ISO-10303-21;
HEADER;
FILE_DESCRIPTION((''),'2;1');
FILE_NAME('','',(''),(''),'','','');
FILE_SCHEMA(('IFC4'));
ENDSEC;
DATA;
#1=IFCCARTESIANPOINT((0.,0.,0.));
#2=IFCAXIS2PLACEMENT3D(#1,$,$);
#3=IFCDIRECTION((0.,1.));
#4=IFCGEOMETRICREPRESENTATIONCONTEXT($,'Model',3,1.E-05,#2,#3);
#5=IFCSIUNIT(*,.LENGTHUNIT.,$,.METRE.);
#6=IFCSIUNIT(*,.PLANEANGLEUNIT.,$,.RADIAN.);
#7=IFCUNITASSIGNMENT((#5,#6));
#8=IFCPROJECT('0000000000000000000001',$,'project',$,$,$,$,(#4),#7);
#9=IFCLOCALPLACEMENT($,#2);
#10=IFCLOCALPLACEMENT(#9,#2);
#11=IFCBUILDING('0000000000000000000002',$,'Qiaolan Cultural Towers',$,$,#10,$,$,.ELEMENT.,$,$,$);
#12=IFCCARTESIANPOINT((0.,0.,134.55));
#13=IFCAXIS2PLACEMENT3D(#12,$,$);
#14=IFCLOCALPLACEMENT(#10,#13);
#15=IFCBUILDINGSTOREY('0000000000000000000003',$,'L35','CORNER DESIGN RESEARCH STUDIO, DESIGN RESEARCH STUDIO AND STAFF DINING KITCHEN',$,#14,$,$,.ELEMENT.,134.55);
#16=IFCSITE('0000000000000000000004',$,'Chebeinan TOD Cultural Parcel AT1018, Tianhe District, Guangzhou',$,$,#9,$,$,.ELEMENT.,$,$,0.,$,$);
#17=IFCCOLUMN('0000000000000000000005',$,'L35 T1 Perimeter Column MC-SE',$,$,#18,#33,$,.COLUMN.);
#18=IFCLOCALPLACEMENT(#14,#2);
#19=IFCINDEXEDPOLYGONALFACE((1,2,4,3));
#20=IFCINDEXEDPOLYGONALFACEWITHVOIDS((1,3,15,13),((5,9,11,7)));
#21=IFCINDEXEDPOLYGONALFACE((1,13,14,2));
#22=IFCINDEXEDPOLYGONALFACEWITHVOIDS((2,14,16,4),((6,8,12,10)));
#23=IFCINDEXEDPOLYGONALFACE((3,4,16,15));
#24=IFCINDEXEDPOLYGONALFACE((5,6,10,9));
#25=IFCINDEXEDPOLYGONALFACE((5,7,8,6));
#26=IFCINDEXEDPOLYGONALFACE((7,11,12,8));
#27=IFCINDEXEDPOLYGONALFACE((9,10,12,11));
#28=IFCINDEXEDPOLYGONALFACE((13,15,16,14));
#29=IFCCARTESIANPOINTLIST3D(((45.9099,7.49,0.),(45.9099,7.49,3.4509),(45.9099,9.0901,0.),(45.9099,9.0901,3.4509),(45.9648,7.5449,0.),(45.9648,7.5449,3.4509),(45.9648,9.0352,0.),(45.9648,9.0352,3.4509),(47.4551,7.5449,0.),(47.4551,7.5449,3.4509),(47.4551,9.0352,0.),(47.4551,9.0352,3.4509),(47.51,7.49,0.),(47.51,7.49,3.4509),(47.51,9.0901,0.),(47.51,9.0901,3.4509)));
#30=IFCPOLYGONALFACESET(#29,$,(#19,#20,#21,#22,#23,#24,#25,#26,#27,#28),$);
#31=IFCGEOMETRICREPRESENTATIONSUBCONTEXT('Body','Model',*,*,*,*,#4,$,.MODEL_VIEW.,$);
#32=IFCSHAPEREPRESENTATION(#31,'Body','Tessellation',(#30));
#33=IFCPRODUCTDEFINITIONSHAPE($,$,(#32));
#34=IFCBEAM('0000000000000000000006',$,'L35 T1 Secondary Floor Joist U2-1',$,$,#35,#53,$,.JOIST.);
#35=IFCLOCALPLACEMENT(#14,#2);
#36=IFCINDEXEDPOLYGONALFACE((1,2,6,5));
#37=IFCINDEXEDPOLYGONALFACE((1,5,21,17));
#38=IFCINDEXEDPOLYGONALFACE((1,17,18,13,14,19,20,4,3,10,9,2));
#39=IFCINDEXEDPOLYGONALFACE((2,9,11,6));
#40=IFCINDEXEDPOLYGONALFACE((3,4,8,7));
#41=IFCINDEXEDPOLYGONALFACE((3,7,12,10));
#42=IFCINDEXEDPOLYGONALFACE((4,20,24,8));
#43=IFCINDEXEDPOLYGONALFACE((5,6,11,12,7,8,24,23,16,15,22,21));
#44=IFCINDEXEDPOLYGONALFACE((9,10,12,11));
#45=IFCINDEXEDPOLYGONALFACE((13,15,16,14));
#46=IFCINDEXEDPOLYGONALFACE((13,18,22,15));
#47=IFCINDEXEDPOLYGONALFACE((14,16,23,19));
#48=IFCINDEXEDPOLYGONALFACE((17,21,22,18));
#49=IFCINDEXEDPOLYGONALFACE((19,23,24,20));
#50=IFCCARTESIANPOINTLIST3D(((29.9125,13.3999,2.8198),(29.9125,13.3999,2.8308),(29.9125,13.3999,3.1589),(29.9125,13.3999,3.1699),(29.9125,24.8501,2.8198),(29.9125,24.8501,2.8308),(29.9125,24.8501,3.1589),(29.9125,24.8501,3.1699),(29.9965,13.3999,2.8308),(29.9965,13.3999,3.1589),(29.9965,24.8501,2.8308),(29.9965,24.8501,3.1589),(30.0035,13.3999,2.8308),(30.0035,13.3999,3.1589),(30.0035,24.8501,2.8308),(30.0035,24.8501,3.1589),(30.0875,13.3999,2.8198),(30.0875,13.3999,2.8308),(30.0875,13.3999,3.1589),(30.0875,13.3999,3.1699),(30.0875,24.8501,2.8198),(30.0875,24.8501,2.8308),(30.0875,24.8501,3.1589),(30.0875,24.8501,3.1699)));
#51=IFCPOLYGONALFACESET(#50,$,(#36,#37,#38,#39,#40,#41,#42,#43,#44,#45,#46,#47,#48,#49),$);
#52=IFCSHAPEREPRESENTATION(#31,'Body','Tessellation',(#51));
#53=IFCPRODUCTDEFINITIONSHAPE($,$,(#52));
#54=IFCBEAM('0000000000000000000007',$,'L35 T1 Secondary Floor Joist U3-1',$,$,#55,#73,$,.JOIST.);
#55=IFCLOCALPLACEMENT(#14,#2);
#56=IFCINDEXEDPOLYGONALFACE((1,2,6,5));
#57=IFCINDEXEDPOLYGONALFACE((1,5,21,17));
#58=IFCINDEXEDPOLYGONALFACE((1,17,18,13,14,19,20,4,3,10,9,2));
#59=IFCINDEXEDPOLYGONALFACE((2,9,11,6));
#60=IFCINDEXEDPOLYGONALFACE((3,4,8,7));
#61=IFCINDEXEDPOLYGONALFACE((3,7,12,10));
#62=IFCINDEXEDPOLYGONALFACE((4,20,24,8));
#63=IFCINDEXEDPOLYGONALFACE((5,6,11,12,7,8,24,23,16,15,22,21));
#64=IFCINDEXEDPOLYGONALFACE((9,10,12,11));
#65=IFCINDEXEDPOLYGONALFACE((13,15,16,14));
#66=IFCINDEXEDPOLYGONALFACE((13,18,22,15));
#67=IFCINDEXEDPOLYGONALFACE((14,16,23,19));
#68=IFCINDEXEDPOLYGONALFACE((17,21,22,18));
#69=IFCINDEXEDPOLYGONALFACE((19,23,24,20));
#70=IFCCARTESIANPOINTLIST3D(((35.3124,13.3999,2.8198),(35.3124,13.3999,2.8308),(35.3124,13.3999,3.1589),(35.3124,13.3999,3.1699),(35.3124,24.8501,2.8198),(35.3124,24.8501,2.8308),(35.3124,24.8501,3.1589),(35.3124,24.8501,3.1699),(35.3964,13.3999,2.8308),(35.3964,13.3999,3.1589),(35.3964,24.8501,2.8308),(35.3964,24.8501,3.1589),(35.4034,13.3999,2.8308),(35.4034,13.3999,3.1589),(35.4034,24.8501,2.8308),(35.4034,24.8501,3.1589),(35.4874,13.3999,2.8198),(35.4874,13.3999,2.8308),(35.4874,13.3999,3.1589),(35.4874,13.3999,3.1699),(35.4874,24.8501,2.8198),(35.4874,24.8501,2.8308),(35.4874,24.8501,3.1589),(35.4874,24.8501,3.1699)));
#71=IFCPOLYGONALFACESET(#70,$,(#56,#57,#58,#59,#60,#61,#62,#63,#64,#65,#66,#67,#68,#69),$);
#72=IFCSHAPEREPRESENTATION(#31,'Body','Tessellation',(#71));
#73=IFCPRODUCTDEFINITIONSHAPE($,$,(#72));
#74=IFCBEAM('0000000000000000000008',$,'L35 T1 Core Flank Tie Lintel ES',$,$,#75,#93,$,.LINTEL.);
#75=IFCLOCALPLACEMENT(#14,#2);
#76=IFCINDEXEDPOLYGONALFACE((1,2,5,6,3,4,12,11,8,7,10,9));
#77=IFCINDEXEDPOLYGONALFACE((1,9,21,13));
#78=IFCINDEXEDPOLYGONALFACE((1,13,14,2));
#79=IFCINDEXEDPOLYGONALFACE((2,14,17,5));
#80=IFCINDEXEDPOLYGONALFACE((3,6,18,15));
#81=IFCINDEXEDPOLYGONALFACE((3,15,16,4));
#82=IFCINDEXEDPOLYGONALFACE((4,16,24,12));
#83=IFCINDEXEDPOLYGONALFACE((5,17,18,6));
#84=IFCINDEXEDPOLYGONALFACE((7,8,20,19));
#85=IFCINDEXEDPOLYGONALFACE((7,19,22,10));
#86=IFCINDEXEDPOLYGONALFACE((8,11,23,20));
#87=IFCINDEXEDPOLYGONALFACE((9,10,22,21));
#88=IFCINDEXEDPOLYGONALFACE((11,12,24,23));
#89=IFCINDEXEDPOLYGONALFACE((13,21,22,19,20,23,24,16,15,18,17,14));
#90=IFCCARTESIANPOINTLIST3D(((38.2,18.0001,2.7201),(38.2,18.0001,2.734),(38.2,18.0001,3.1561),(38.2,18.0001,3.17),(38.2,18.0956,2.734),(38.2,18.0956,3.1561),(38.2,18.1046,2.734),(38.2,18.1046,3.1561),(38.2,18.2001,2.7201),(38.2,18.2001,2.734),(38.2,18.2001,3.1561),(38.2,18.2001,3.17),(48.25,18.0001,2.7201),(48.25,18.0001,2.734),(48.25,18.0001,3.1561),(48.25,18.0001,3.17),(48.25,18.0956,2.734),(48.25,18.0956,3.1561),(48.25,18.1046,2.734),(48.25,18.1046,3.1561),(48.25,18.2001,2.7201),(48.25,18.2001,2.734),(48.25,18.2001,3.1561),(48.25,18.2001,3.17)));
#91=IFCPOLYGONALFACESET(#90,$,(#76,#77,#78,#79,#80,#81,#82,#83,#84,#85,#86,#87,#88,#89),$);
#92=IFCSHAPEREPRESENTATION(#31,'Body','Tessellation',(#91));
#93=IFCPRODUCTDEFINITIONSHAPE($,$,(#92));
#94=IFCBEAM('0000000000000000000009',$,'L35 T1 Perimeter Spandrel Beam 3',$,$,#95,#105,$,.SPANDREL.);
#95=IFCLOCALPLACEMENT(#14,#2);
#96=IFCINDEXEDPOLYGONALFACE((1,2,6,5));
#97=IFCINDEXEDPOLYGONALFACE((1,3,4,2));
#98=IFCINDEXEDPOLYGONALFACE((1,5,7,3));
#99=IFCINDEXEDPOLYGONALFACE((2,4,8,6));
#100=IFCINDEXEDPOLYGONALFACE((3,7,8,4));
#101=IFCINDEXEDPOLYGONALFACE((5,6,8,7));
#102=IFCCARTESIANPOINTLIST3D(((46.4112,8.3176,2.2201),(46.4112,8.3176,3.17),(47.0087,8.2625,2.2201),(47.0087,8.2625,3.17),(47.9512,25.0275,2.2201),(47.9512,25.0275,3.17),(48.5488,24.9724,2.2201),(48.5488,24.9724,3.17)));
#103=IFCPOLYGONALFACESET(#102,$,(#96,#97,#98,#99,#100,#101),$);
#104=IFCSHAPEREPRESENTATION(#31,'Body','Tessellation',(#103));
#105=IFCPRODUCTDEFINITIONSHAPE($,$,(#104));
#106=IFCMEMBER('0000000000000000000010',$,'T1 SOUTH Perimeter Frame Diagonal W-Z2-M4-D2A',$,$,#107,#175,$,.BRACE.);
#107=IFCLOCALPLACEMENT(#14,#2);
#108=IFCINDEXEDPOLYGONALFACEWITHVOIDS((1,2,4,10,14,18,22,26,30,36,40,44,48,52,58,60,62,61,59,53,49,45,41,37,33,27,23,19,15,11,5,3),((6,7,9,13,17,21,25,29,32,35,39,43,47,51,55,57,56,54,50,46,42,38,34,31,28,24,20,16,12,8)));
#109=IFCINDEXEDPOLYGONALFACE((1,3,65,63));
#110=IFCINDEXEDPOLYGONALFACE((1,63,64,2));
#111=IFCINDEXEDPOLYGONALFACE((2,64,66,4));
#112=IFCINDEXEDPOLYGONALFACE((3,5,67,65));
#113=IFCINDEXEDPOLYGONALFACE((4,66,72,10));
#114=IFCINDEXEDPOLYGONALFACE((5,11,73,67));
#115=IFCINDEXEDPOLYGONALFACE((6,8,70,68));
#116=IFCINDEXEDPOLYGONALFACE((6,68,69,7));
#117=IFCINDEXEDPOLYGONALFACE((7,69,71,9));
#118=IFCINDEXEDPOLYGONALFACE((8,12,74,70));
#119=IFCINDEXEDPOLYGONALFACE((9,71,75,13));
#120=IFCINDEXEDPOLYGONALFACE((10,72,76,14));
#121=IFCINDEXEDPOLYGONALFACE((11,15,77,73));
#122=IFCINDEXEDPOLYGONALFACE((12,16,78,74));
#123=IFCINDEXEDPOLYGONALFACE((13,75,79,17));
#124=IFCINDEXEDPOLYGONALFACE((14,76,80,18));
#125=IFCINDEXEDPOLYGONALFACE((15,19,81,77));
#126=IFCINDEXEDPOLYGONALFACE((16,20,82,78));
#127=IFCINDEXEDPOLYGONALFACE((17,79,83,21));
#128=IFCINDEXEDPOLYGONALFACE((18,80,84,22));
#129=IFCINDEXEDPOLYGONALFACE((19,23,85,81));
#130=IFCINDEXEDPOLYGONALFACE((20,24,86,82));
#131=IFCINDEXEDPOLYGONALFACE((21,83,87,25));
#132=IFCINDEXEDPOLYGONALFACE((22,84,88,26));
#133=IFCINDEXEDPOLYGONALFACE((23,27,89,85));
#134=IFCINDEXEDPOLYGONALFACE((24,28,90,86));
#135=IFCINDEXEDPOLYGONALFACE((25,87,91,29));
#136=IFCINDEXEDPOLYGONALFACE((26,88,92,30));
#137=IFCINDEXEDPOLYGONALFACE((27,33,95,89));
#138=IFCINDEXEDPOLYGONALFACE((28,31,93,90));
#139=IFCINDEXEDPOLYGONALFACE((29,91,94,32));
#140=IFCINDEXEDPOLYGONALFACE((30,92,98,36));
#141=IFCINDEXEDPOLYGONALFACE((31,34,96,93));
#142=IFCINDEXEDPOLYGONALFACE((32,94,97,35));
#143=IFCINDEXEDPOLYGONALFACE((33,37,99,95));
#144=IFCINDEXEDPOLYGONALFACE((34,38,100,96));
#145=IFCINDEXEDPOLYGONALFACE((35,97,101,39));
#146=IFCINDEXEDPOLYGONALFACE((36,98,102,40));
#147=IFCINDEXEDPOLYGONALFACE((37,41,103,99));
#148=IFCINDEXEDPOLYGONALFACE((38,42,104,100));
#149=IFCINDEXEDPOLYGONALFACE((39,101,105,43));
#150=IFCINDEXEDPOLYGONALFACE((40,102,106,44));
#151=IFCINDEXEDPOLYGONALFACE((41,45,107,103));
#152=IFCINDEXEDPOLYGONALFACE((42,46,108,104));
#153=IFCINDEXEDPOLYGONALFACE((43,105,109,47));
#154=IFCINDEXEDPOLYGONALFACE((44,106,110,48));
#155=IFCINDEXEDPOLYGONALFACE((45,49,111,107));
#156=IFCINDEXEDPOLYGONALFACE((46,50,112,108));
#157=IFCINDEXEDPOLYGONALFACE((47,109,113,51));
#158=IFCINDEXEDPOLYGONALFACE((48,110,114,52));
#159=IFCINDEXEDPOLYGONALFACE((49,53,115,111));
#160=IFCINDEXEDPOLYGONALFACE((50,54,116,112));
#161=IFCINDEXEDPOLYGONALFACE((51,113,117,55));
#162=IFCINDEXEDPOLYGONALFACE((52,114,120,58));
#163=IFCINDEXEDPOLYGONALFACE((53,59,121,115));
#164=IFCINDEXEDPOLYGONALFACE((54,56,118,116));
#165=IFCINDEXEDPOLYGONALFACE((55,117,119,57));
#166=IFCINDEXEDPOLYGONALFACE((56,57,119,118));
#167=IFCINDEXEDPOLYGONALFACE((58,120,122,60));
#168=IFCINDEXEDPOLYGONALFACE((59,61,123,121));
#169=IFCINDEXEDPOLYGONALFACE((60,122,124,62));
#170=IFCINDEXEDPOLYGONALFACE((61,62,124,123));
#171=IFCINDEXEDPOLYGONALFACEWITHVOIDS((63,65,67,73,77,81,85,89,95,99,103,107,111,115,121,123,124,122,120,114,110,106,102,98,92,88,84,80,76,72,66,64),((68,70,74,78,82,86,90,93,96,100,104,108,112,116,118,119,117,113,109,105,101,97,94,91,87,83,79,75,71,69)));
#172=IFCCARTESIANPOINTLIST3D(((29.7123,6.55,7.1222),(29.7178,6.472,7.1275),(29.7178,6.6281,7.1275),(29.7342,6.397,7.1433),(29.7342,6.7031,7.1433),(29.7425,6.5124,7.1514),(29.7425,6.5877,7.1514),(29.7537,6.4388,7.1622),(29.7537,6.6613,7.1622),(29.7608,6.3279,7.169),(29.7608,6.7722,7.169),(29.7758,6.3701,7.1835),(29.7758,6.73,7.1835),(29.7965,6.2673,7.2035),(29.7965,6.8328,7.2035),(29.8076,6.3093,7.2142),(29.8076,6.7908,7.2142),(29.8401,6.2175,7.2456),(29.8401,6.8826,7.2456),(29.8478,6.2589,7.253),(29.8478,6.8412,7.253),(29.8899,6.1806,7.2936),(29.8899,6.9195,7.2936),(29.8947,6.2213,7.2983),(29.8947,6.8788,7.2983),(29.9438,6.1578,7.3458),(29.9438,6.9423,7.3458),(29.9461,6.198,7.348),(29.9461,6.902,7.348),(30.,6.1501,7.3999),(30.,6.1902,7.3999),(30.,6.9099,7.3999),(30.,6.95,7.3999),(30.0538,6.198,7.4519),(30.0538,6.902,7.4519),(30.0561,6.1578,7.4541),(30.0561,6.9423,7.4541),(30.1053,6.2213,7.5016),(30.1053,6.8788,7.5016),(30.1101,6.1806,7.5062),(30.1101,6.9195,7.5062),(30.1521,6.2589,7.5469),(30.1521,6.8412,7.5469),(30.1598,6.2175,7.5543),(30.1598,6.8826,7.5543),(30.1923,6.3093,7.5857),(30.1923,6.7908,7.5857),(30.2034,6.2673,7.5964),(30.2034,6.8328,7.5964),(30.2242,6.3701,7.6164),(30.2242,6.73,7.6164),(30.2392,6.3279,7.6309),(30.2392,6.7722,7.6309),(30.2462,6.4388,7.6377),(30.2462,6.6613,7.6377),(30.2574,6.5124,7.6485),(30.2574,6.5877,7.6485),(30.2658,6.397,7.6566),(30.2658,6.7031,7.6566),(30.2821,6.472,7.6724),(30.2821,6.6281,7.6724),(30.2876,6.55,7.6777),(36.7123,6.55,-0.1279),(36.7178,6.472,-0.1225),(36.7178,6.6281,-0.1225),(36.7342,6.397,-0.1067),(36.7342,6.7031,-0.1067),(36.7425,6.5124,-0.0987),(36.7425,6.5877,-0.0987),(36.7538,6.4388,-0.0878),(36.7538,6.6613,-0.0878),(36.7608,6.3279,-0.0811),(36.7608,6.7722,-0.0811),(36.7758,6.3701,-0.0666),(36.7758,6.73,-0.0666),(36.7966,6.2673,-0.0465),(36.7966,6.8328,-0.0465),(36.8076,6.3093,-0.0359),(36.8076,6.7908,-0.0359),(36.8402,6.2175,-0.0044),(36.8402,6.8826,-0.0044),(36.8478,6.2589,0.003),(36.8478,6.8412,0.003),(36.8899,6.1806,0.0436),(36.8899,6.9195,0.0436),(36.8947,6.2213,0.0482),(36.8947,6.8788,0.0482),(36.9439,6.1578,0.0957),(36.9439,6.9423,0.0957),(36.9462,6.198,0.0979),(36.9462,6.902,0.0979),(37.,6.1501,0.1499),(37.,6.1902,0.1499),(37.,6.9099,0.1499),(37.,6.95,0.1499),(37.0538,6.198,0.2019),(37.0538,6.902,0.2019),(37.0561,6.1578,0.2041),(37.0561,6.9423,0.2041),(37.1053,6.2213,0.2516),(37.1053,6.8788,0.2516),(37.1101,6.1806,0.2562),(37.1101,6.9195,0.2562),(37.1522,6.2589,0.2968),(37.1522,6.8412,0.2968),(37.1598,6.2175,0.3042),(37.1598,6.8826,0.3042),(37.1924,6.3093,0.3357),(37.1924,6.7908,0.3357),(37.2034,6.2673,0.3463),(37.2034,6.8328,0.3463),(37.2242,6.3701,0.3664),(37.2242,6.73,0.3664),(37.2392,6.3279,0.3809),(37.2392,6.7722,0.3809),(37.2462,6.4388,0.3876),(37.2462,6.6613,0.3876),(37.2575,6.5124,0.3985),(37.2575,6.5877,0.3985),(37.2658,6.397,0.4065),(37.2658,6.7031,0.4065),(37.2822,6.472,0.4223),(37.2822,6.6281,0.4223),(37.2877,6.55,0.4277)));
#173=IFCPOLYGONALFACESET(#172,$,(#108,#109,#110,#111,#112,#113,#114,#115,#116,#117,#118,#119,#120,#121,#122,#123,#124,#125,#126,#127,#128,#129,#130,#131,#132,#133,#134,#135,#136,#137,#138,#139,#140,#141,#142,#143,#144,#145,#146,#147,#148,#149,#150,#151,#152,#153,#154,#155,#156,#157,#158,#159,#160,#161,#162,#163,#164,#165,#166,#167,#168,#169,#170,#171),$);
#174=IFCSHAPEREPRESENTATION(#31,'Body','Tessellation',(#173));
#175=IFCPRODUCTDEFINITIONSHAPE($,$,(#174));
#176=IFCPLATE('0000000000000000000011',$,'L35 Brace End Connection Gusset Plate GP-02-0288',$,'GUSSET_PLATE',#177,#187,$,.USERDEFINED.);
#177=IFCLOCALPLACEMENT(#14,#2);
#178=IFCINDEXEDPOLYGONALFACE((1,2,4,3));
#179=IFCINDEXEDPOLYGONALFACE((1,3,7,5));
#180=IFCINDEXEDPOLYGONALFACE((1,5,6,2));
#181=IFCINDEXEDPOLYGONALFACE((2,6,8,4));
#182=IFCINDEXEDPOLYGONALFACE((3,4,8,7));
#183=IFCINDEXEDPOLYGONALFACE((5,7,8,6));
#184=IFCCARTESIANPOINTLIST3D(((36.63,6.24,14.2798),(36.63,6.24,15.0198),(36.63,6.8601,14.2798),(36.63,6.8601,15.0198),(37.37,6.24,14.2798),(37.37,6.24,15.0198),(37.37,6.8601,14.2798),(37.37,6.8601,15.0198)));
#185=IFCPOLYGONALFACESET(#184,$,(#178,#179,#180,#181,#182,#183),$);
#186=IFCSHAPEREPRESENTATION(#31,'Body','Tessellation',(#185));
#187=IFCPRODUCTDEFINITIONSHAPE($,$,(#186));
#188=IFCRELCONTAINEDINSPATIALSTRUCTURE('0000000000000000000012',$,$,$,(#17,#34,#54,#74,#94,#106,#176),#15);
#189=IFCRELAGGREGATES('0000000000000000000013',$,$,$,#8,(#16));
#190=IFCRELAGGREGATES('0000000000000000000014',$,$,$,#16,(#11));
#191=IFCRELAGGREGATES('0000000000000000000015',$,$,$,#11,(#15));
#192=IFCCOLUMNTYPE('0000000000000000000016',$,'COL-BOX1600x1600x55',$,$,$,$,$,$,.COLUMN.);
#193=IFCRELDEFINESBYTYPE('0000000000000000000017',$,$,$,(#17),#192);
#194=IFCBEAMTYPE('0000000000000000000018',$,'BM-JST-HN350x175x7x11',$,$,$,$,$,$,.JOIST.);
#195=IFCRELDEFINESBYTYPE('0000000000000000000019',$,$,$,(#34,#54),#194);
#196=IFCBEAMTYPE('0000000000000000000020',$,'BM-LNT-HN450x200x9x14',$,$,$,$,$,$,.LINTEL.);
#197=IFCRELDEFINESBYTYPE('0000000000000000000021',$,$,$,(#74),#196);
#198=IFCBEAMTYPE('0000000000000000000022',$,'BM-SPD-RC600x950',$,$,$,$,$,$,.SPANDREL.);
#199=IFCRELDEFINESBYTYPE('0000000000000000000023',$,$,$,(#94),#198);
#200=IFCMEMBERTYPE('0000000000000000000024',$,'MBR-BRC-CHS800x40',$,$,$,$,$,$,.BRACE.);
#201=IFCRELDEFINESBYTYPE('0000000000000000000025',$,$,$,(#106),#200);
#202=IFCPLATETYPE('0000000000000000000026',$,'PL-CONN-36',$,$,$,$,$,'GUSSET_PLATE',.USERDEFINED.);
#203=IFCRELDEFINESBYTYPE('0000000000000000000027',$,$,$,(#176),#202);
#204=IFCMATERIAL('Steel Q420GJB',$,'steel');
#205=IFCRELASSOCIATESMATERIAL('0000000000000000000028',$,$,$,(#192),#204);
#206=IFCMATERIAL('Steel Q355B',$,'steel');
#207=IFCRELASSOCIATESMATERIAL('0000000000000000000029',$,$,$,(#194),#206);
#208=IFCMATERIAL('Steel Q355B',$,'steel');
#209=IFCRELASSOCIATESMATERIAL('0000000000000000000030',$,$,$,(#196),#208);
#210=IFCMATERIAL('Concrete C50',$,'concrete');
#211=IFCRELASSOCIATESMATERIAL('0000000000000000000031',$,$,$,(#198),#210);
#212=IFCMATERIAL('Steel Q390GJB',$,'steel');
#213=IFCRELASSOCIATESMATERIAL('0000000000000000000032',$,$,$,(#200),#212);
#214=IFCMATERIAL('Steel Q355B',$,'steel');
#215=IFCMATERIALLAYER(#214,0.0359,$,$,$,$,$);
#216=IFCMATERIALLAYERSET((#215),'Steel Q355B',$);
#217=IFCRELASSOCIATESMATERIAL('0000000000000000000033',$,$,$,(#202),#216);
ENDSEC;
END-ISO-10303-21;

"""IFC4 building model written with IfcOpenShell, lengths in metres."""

from ifc_helpers import new_model, si_unit, direction, frame, origin, origin_2d, place, context, subcontext, project, spatial, rectangle, hollow_rectangle, hollow_circle, i_section, extrude, material, layer, layer_set, material_profile, profile_set, type_object, element, save


model = new_model("IFC4")

# Units and contexts
model_context = context("Model", 3, precision=1e-05, world=origin(), true_north=direction((0.0, 1.0)))
body_context = subcontext(model_context, "Body", "Model", "MODEL_VIEW")
ifc_project = project(units=[si_unit("LENGTHUNIT", "METRE"), si_unit("PLANEANGLEUNIT", "RADIAN")], contexts=[model_context])

# Site, building, storey
site_placement = place(None, origin())
site = spatial("IfcSite", under=ifc_project, at=site_placement, Name="Chebeinan TOD Cultural Parcel AT1018, Tianhe District, Guangzhou", CompositionType="ELEMENT", RefElevation=0.0)
building_placement = place(site_placement, origin())
building = spatial("IfcBuilding", under=site, at=building_placement, Name="Qiaolan Cultural Towers", CompositionType="ELEMENT")
storey_placement = place(building_placement, frame((0.0, 0.0, 134.55)))
storey = spatial("IfcBuildingStorey", under=building, at=storey_placement, Name="L35", Description="CORNER DESIGN RESEARCH STUDIO, DESIGN RESEARCH STUDIO AND STAFF DINING KITCHEN", CompositionType="ELEMENT", Elevation=134.55)

# Column
ifc_material_1 = material(Name="Steel Q420GJB", Category="steel")
ifc_material_profile_1 = material_profile(ifc_material_1, hollow_rectangle(XDim=1.6001, YDim=1.6001, WallThickness=0.0549, at=origin_2d()), Name="BOX1600x1600x55")
ifc_profile_set_1 = profile_set([ifc_material_profile_1], Name="Steel Q420GJB")
column_type = type_object("IfcColumnType", Name="COL-BOX1600x1600x55", PredefinedType="COLUMN", material=ifc_profile_set_1)
column_placement = place(storey_placement, frame((46.71, 8.29, 0.0), z_axis=(0.0, 0.0, 1.0), x_axis=(1.0, 0.0, 0.0)))
element("IfcColumn", 1, at=column_placement, inside=storey, type_object=column_type, Name="L35 T1 Perimeter Column MC-SE", PredefinedType="COLUMN", context=body_context, shape_type="SweptSolid", body=[
    extrude(hollow_rectangle(XDim=1.6001, YDim=1.6001, WallThickness=0.0549, at=origin_2d()), origin(), (0.0, 0.0, 1.0), 3.4509),
])

# Beams
ifc_material_2 = material(Name="Steel Q355B", Category="steel")
ifc_material_profile_2 = material_profile(ifc_material_2, i_section(OverallWidth=0.175, OverallDepth=0.3501, WebThickness=0.0071, FlangeThickness=0.011, at=origin_2d()), Name="HN350x175x7x11")
ifc_profile_set_2 = profile_set([ifc_material_profile_2], Name="Steel Q355B")
beam_type_1 = type_object("IfcBeamType", Name="BM-JST-HN350x175x7x11", PredefinedType="JOIST", material=ifc_profile_set_2)
for number, where, z_axis, x_axis, name in (
    (2, (30.0, 13.3999, 2.9949), (0.0, 1.0, 0.0), (-1.0, 0.0, 0.0), "L35 T1 Secondary Floor Joist U2-1"),
    (3, (35.3999, 13.3999, 2.9949), (0.0, 1.0, 0.0), (-1.0, 0.0, 0.0), "L35 T1 Secondary Floor Joist U3-1"),
):
    element("IfcBeam", number, at=place(storey_placement, frame(where, z_axis=z_axis, x_axis=x_axis)), inside=storey, type_object=beam_type_1, Name=name, PredefinedType="JOIST", context=body_context, shape_type="SweptSolid", body=[
        extrude(i_section(OverallWidth=0.175, OverallDepth=0.3501, WebThickness=0.0071, FlangeThickness=0.011, at=origin_2d()), origin(), (0.0, 0.0, 1.0), 11.4502),
    ])
ifc_material_3 = material(Name="Steel Q355B", Category="steel")
ifc_material_profile_3 = material_profile(ifc_material_3, i_section(OverallWidth=0.2, OverallDepth=0.45, WebThickness=0.009, FlangeThickness=0.0139, at=origin_2d()), Name="HN450x200x9x14")
ifc_profile_set_3 = profile_set([ifc_material_profile_3], Name="Steel Q355B")
beam_type_2 = type_object("IfcBeamType", Name="BM-LNT-HN450x200x9x14", PredefinedType="LINTEL", material=ifc_profile_set_3)
beam_1_placement = place(storey_placement, frame((38.2, 18.1001, 2.9451), z_axis=(1.0, 0.0, 0.0), x_axis=(0.0, 1.0, 0.0)))
element("IfcBeam", 4, at=beam_1_placement, inside=storey, type_object=beam_type_2, Name="L35 T1 Core Flank Tie Lintel ES", PredefinedType="LINTEL", context=body_context, shape_type="SweptSolid", body=[
    extrude(i_section(OverallWidth=0.2, OverallDepth=0.45, WebThickness=0.009, FlangeThickness=0.0139, at=origin_2d()), origin(), (0.0, 0.0, 1.0), 10.05),
])
ifc_material_4 = material(Name="Concrete C50", Category="concrete")
ifc_material_profile_4 = material_profile(ifc_material_4, rectangle(XDim=0.6001, YDim=0.95, at=origin_2d()), Name="RC600x950")
ifc_profile_set_4 = profile_set([ifc_material_profile_4], Name="Concrete C50")
beam_type_3 = type_object("IfcBeamType", Name="BM-SPD-RC600x950", PredefinedType="SPANDREL", material=ifc_profile_set_4)
beam_2_placement = place(storey_placement, frame((46.71, 8.29, 2.6951), z_axis=(0.091774, 0.99578, 0.0), x_axis=(-0.99578, 0.091774, 0.0)))
element("IfcBeam", 5, at=beam_2_placement, inside=storey, type_object=beam_type_3, Name="L35 T1 Perimeter Spandrel Beam 3", PredefinedType="SPANDREL", context=body_context, shape_type="SweptSolid", body=[
    extrude(rectangle(XDim=0.6001, YDim=0.95, at=origin_2d()), origin(), (0.0, 0.0, 1.0), 16.7808),
])

# Member
ifc_material_5 = material(Name="Steel Q390GJB", Category="steel")
ifc_material_profile_5 = material_profile(ifc_material_5, hollow_circle(Radius=0.3999, WallThickness=0.04, at=origin_2d()), Name="CHS800x40")
ifc_profile_set_5 = profile_set([ifc_material_profile_5], Name="Steel Q390GJB")
member_type = type_object("IfcMemberType", Name="MBR-BRC-CHS800x40", PredefinedType="BRACE", material=ifc_profile_set_5)
member_placement = place(storey_placement, frame((37.0, 6.55, 0.1499), z_axis=(-0.694595, 0.0, 0.719401), x_axis=(0.0, -1.0, 0.0)))
element("IfcMember", 6, at=member_placement, inside=storey, type_object=member_type, Name="T1 SOUTH Perimeter Frame Diagonal W-Z2-M4-D2A", PredefinedType="BRACE", context=body_context, shape_type="SweptSolid", body=[
    extrude(hollow_circle(Radius=0.3999, WallThickness=0.04, at=origin_2d()), origin(), (0.0, 0.0, 1.0), 10.0779),
])

# Plate
ifc_material_6 = material(Name="Steel Q355B", Category="steel")
ifc_layer_1 = layer(ifc_material_6, 0.0359)
ifc_layer_set_1 = layer_set([ifc_layer_1], Name="Steel Q355B")
plate_type_1 = type_object("IfcPlateType", Name="PL-CONN-36", ElementType="GUSSET_PLATE", PredefinedType="USERDEFINED", material=ifc_layer_set_1)
plate_placement = place(storey_placement, frame((37.0, 6.55, 14.2798), z_axis=(0.0, 0.0, 1.0), x_axis=(1.0, 0.0, 0.0)))
element("IfcPlate", 7, at=plate_placement, inside=storey, type_object=plate_type_1, Name="L35 Brace End Connection Gusset Plate GP-02-0288", ObjectType="GUSSET_PLATE", PredefinedType="USERDEFINED", context=body_context, shape_type="SweptSolid", body=[
    extrude(rectangle(XDim=0.74, YDim=0.6201, at=origin_2d()), origin(), (0.0, 0.0, 1.0), 0.74),
])

save(model, "model.ifc")
